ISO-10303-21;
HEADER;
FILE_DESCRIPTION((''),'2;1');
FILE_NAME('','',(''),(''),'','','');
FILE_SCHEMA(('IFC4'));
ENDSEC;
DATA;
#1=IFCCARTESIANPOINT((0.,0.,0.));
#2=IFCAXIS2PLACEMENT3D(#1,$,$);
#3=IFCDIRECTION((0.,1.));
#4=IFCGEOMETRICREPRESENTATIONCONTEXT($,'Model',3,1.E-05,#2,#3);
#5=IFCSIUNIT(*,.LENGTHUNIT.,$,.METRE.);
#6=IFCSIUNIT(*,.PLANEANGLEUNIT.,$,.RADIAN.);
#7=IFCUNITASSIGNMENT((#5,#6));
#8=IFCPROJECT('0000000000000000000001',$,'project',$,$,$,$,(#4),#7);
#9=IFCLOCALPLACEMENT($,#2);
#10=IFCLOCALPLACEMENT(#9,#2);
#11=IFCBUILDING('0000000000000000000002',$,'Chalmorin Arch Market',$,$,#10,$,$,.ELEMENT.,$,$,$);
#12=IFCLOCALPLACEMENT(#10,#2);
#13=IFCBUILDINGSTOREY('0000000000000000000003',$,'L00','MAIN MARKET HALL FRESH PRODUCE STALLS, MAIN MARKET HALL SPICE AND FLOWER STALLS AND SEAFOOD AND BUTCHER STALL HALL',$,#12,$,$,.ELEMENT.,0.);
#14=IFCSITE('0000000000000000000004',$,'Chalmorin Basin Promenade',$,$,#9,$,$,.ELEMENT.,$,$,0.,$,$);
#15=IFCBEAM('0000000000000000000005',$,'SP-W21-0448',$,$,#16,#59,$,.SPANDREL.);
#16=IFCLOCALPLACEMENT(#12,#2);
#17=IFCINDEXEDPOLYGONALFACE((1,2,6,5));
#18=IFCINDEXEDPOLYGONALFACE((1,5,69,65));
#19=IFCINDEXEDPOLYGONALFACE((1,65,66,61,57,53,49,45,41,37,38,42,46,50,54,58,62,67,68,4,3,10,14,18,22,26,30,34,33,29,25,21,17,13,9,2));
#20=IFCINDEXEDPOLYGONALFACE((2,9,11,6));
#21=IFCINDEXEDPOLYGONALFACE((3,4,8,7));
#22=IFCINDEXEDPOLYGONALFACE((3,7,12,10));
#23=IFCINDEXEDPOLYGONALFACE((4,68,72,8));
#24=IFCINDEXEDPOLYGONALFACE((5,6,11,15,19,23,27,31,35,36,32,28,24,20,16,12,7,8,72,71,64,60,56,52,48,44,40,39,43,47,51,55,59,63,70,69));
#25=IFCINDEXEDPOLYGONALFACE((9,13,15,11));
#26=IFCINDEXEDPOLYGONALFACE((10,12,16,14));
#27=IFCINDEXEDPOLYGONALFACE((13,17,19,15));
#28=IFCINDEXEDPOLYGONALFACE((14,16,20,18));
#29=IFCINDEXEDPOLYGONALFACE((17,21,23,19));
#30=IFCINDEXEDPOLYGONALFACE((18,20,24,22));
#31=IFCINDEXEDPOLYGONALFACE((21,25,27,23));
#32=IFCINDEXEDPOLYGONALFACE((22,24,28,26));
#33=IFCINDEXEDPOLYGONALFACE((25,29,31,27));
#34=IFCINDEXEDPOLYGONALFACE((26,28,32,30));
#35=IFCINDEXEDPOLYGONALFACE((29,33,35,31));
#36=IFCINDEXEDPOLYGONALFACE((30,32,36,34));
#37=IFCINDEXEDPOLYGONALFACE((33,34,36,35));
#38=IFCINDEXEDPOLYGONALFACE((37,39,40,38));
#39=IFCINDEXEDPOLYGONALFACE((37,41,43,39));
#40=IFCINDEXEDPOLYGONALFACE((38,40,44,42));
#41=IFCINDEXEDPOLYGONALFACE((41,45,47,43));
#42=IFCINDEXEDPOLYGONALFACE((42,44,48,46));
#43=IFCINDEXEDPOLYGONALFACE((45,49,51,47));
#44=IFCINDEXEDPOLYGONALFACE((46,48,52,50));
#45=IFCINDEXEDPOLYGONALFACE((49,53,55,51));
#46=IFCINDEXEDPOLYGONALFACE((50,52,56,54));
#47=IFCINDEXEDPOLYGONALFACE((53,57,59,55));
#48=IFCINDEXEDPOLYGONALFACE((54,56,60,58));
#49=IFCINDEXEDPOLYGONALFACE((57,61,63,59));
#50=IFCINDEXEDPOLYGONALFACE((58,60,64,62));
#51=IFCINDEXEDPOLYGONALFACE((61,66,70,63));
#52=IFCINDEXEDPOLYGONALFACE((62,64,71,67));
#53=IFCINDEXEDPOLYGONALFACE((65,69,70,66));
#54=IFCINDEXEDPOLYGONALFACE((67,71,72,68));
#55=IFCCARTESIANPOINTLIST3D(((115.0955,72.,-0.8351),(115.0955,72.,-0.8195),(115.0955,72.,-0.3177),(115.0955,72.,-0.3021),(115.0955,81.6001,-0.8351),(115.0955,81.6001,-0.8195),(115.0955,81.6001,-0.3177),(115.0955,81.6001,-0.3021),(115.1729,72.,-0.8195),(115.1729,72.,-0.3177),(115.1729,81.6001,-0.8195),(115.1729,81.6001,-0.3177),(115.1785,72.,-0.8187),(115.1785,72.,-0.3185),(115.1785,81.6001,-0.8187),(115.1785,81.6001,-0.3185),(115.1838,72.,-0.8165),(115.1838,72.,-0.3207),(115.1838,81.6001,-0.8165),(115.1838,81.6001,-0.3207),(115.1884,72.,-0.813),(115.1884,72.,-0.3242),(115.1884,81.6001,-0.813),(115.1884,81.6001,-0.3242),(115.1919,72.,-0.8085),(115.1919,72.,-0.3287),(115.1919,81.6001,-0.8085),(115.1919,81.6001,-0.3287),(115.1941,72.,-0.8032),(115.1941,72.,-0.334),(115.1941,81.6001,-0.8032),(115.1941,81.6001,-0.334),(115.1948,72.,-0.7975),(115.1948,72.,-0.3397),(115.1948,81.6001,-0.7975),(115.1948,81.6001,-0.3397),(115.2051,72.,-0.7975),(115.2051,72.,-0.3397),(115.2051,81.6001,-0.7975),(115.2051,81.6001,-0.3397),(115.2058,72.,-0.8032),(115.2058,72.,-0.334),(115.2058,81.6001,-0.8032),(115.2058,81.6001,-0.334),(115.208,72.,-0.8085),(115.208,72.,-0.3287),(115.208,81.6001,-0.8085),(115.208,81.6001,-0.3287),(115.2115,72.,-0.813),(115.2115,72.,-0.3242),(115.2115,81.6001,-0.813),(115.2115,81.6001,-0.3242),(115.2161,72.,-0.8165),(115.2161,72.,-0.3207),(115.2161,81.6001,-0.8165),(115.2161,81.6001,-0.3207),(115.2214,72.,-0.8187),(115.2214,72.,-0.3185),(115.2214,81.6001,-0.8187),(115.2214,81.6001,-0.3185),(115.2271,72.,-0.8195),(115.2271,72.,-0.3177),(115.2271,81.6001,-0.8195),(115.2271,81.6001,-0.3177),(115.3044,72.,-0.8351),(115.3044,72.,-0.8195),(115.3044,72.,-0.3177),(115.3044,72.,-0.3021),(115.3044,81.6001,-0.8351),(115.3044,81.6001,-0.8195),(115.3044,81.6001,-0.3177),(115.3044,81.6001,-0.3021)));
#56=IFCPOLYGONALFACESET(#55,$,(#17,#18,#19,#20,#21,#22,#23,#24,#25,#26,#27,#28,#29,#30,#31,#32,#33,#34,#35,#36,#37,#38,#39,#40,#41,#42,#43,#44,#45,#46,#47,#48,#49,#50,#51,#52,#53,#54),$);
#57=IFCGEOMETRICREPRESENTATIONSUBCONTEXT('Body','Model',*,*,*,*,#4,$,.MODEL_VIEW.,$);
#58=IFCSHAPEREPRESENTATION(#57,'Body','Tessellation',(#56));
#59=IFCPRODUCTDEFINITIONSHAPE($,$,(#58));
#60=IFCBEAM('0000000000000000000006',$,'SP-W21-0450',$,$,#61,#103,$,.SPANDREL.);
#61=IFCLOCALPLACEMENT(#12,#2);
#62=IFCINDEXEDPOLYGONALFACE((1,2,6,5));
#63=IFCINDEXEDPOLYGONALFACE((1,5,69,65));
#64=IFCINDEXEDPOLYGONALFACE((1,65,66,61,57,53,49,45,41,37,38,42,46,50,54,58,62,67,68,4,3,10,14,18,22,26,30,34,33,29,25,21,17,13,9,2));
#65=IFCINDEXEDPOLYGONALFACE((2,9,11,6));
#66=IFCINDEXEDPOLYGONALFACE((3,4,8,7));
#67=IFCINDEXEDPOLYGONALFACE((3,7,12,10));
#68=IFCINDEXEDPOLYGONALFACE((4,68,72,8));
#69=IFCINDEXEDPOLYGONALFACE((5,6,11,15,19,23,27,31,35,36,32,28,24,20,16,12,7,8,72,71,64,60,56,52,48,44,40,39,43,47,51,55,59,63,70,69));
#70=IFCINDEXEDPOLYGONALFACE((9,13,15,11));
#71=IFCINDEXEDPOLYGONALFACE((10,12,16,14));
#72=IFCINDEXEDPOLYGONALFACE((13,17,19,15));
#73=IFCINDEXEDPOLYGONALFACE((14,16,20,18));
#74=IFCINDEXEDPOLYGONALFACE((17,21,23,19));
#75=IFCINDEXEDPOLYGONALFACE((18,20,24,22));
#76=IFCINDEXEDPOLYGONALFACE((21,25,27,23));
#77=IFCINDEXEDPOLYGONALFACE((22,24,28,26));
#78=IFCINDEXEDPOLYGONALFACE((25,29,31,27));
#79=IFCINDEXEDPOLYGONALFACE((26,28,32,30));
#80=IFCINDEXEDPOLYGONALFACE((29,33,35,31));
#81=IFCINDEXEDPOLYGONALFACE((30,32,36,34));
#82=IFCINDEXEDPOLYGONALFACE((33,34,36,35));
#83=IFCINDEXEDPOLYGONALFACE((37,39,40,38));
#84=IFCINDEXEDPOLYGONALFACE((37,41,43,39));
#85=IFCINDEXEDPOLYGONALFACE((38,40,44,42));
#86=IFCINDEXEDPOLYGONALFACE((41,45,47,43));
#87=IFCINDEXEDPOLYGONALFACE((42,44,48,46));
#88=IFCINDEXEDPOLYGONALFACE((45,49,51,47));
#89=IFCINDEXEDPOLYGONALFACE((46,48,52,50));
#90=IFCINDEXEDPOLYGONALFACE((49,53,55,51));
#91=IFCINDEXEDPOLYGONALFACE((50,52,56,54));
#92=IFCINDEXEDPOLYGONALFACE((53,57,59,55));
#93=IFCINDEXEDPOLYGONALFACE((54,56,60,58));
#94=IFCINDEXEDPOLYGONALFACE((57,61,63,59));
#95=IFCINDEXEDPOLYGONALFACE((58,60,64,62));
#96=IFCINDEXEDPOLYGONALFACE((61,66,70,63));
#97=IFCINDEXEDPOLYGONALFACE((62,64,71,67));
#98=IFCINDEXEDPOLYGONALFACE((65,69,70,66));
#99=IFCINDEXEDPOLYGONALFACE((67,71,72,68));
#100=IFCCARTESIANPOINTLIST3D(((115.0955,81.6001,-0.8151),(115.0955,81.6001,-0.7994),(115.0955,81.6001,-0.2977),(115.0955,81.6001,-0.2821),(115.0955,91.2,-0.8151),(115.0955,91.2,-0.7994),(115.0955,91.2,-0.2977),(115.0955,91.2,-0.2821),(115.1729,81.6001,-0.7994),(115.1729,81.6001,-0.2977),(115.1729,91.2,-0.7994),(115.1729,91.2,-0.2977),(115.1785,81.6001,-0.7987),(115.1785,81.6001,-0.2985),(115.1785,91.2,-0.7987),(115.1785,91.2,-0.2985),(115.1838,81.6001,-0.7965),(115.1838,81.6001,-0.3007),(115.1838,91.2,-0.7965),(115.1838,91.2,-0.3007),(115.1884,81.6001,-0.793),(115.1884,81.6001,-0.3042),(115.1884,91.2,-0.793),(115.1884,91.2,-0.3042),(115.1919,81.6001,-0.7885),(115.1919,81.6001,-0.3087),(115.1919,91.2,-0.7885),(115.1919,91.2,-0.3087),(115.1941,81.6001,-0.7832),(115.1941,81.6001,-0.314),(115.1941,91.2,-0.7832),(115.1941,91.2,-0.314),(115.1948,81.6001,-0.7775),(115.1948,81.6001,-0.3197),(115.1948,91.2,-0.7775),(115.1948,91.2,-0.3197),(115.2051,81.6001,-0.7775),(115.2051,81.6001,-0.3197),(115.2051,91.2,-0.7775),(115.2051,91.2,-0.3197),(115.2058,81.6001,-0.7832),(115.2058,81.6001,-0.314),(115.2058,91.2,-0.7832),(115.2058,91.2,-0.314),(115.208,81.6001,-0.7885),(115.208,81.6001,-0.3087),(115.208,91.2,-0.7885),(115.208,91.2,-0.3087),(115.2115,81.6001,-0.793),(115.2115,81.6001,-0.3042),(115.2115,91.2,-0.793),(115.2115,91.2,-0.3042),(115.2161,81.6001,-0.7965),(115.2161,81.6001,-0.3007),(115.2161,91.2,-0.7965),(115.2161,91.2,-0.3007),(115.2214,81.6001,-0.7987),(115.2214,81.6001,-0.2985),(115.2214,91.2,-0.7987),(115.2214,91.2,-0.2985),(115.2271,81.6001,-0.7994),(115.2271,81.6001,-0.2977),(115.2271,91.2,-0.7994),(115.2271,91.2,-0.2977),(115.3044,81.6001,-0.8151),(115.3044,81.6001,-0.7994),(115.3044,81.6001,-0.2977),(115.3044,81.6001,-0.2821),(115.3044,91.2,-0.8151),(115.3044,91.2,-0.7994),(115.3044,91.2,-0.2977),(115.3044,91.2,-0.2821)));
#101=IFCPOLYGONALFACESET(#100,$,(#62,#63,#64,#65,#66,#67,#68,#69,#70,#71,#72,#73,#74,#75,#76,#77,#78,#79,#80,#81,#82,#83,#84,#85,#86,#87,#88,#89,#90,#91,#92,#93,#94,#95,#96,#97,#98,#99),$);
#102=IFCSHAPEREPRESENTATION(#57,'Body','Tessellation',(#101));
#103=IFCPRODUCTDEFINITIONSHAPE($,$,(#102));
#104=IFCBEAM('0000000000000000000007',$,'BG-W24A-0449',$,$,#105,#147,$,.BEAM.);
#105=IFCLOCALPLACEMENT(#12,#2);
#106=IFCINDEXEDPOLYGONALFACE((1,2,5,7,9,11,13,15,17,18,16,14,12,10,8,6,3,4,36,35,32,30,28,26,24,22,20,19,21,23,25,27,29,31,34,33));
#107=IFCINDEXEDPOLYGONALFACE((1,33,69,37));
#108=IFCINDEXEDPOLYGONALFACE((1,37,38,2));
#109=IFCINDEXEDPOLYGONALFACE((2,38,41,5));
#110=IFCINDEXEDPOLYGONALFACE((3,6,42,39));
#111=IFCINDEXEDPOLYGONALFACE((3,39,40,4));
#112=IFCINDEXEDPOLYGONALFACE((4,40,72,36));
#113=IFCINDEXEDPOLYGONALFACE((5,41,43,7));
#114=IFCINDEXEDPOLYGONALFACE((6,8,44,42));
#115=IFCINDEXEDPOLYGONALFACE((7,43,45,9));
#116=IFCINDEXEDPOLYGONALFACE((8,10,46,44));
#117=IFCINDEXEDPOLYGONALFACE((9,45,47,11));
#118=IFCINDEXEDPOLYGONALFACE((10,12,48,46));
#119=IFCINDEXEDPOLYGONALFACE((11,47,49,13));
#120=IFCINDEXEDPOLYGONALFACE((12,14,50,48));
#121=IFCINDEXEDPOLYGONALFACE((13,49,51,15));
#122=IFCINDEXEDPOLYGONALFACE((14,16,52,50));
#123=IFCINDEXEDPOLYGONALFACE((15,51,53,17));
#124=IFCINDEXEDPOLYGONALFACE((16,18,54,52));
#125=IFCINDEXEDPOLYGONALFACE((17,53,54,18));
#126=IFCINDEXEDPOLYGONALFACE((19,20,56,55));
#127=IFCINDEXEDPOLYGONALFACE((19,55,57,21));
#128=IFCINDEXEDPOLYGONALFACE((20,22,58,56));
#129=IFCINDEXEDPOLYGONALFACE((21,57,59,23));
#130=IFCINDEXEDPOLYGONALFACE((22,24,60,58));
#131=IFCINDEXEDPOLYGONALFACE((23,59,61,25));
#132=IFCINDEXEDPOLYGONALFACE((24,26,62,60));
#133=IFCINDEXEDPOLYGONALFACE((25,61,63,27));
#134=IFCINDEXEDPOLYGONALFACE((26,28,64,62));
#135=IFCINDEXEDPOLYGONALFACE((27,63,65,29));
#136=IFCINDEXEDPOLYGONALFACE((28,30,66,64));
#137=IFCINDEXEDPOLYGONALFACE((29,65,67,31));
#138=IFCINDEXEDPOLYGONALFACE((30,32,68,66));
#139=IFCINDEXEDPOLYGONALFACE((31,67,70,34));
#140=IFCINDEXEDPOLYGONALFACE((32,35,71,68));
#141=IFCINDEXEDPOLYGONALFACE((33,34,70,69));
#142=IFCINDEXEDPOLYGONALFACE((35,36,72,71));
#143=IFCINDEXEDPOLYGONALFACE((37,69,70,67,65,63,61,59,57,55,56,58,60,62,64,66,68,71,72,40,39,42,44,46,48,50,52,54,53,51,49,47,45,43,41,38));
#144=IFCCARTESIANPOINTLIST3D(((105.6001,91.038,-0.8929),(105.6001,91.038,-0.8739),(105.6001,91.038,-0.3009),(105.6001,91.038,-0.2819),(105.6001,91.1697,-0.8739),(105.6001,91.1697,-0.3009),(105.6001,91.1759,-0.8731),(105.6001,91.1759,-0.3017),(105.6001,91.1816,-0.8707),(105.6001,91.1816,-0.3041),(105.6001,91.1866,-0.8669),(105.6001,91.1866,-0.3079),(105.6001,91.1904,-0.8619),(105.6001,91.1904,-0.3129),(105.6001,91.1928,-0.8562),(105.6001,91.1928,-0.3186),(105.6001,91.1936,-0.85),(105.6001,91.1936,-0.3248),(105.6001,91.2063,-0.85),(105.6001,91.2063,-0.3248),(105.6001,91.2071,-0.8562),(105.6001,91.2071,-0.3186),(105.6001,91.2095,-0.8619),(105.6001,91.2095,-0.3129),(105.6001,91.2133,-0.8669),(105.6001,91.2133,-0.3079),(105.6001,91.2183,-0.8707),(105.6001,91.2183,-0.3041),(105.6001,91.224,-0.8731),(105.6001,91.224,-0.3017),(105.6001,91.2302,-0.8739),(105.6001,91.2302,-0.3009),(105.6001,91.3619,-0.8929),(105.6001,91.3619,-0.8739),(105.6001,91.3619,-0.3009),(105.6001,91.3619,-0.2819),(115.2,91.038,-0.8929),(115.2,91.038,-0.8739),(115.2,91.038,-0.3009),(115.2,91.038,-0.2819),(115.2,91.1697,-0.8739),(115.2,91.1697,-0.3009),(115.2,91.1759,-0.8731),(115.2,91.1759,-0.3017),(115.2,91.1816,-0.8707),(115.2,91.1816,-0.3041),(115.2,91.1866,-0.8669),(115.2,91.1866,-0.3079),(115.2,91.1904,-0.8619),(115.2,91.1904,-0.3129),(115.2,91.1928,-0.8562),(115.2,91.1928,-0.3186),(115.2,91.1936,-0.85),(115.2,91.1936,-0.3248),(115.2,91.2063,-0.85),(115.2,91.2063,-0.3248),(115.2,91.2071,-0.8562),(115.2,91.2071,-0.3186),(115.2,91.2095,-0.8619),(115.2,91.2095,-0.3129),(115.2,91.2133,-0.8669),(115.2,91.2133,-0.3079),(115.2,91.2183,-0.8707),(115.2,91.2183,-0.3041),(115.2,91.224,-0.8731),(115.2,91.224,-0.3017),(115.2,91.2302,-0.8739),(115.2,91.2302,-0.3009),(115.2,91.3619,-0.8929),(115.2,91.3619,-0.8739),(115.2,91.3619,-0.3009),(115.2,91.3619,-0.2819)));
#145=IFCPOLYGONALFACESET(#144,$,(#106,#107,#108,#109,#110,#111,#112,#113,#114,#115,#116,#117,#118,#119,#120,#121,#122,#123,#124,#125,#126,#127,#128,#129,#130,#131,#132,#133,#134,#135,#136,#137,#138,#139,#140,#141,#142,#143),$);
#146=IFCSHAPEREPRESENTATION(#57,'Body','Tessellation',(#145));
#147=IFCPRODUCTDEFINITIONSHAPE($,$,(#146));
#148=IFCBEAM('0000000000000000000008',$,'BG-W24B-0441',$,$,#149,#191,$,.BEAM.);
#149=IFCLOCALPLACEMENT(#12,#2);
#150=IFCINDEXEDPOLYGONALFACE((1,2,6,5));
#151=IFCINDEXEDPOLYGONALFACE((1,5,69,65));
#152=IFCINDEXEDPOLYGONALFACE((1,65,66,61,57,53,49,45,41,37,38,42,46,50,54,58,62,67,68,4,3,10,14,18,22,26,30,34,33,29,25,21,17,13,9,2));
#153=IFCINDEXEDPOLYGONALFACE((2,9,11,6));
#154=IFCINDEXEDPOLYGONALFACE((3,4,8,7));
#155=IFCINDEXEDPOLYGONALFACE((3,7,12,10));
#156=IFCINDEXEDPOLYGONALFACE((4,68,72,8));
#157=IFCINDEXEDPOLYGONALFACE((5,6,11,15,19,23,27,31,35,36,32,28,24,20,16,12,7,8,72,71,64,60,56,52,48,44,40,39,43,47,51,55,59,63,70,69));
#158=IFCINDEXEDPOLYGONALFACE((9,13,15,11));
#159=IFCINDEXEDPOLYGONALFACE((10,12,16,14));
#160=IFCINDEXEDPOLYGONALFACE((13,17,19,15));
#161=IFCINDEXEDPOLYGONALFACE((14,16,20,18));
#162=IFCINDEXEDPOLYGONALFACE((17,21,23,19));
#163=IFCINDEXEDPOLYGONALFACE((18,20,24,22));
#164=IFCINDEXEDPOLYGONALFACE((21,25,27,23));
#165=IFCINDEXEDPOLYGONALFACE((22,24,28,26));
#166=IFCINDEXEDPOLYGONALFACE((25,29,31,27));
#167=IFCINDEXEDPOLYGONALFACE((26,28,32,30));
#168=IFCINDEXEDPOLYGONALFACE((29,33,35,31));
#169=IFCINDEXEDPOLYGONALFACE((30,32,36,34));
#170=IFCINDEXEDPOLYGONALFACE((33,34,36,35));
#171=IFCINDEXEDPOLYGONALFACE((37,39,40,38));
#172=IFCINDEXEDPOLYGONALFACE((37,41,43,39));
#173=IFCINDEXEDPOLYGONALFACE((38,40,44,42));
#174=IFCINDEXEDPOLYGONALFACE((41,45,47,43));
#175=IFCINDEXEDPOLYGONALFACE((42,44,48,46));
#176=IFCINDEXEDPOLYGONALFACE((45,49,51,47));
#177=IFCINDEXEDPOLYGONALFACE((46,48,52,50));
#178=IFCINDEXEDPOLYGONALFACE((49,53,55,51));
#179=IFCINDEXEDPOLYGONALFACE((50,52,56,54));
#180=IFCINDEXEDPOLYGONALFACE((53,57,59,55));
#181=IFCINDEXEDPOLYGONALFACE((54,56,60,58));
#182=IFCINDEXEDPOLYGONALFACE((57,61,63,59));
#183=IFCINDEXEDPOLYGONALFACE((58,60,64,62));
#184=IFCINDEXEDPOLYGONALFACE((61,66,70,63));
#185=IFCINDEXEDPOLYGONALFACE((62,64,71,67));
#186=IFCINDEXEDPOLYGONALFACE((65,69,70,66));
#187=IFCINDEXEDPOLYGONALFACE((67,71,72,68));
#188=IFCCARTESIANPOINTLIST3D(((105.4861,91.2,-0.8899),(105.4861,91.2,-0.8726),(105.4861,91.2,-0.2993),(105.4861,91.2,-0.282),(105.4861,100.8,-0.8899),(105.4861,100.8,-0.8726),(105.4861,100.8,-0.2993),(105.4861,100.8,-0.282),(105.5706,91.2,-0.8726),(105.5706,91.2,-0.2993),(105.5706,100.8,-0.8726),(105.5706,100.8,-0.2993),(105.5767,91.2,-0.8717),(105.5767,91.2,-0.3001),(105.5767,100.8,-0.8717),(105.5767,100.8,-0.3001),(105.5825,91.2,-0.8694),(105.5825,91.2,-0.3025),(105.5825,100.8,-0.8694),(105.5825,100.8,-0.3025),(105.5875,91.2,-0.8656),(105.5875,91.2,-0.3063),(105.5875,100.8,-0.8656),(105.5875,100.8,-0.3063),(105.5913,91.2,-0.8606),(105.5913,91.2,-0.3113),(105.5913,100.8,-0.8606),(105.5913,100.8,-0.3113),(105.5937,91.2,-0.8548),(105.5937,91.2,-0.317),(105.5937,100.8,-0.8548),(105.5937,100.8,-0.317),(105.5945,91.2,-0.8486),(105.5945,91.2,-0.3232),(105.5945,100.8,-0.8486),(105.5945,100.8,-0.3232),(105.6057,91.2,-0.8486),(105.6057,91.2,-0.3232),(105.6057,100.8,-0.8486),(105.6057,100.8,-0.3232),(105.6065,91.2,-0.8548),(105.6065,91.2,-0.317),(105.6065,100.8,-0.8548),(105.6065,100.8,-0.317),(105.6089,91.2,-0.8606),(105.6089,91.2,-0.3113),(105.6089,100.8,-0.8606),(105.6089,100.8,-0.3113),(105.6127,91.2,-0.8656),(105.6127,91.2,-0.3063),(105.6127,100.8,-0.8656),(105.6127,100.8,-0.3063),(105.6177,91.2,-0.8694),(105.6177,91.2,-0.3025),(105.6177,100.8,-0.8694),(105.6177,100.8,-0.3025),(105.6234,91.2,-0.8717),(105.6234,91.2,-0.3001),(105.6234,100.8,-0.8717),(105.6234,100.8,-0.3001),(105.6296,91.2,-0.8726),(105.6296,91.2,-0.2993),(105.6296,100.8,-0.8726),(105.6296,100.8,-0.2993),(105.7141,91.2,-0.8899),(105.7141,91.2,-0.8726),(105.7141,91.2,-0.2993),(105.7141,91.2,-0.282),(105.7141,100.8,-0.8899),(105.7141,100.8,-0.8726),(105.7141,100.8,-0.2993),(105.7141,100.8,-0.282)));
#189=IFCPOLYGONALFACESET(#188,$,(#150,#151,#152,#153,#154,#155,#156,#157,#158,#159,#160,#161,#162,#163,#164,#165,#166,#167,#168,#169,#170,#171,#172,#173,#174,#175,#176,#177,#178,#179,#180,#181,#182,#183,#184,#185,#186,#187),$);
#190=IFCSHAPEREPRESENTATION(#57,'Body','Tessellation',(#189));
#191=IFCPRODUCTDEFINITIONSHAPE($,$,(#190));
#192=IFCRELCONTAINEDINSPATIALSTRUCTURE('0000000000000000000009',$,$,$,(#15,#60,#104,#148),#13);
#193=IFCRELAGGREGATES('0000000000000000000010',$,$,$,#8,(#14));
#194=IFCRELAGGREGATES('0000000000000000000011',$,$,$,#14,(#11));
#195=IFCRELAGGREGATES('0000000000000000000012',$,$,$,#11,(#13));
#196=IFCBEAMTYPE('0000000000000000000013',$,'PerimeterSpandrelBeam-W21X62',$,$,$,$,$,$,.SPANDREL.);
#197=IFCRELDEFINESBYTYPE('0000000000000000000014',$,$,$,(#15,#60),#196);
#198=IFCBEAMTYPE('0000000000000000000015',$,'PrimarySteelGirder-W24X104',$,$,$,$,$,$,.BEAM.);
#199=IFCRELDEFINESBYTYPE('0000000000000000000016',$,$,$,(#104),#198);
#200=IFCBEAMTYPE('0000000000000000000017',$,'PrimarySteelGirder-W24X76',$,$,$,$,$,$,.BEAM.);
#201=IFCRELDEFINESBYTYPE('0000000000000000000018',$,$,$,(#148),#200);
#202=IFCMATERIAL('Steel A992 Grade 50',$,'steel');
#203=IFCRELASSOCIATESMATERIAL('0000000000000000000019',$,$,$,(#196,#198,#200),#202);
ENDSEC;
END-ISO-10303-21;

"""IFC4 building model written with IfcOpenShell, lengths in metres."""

from ifc_helpers import new_model, si_unit, direction, frame, origin, origin_2d, place, context, subcontext, project, spatial, i_section, extrude, material, material_profile, profile_set, type_object, element, save


model = new_model("IFC4")

# Units and contexts
model_context = context("Model", 3, precision=1e-05, world=origin(), true_north=direction((0.0, 1.0)))
body_context = subcontext(model_context, "Body", "Model", "MODEL_VIEW")
ifc_project = project(units=[si_unit("LENGTHUNIT", "METRE"), si_unit("PLANEANGLEUNIT", "RADIAN")], contexts=[model_context])

# Site, building, storey
site_placement = place(None, origin())
site = spatial("IfcSite", under=ifc_project, at=site_placement, Name="Chalmorin Basin Promenade", CompositionType="ELEMENT", RefElevation=0.0)
building_placement = place(site_placement, origin())
building = spatial("IfcBuilding", under=site, at=building_placement, Name="Chalmorin Arch Market", CompositionType="ELEMENT")
storey_placement = place(building_placement, origin())
storey = spatial("IfcBuildingStorey", under=building, at=storey_placement, Name="L00", Description="MAIN MARKET HALL FRESH PRODUCE STALLS, MAIN MARKET HALL SPICE AND FLOWER STALLS AND SEAFOOD AND BUTCHER STALL HALL", CompositionType="ELEMENT", Elevation=0.0)

# Beams
ifc_material_1 = material(Name="Steel A992 Grade 50", Category="steel")
ifc_material_profile_1 = material_profile(ifc_material_1, i_section(OverallWidth=0.209, OverallDepth=0.533, WebThickness=0.0103, FlangeThickness=0.0156, FilletRadius=0.022, at=origin_2d()), Name="W21X62")
ifc_profile_set_1 = profile_set([ifc_material_profile_1], Name="Steel A992 Grade 50")
beam_type_1 = type_object("IfcBeamType", Name="PerimeterSpandrelBeam-W21X62", PredefinedType="SPANDREL", material=ifc_profile_set_1)
beam_1_placement = place(storey_placement, frame((115.2, 72.0, -0.5686), z_axis=(0.0, 1.0, 0.0), x_axis=(-1.0, 0.0, 0.0)))
element("IfcBeam", 1, at=beam_1_placement, inside=storey, type_object=beam_type_1, Name="SP-W21-0448", PredefinedType="SPANDREL", context=body_context, shape_type="SweptSolid", body=[
    extrude(i_section(OverallWidth=0.209, OverallDepth=0.533, WebThickness=0.0103, FlangeThickness=0.0156, FilletRadius=0.022, at=origin_2d()), origin(), (0.0, 0.0, 1.0), 9.6001),
])
beam_2_placement = place(storey_placement, frame((115.2, 81.6001, -0.5486), z_axis=(0.0, 1.0, 0.0), x_axis=(-1.0, 0.0, 0.0)))
element("IfcBeam", 2, at=beam_2_placement, inside=storey, type_object=beam_type_1, Name="SP-W21-0450", PredefinedType="SPANDREL", context=body_context, shape_type="SweptSolid", body=[
    extrude(i_section(OverallWidth=0.209, OverallDepth=0.533, WebThickness=0.0103, FlangeThickness=0.0156, FilletRadius=0.022, at=origin_2d()), origin(), (0.0, 0.0, 1.0), 9.5999),
])
ifc_material_profile_2 = material_profile(ifc_material_1, i_section(OverallWidth=0.324, OverallDepth=0.6111, WebThickness=0.0127, FlangeThickness=0.019, FilletRadius=0.0239, at=origin_2d()), Name="W24X104")
ifc_profile_set_2 = profile_set([ifc_material_profile_2], Name="Steel A992 Grade 50")
beam_type_2 = type_object("IfcBeamType", Name="PrimarySteelGirder-W24X104", PredefinedType="BEAM", material=ifc_profile_set_2)
beam_3_placement = place(storey_placement, frame((105.6001, 91.2, -0.5874), z_axis=(1.0, 0.0, 0.0), x_axis=(0.0, 1.0, 0.0)))
element("IfcBeam", 3, at=beam_3_placement, inside=storey, type_object=beam_type_2, Name="BG-W24A-0449", PredefinedType="BEAM", context=body_context, shape_type="SweptSolid", body=[
    extrude(i_section(OverallWidth=0.324, OverallDepth=0.6111, WebThickness=0.0127, FlangeThickness=0.019, FilletRadius=0.0239, at=origin_2d()), origin(), (0.0, 0.0, 1.0), 9.5999),
])
ifc_material_profile_3 = material_profile(ifc_material_1, i_section(OverallWidth=0.228, OverallDepth=0.6079, WebThickness=0.0112, FlangeThickness=0.0173, FilletRadius=0.0239, at=origin_2d()), Name="W24X76")
ifc_profile_set_3 = profile_set([ifc_material_profile_3], Name="Steel A992 Grade 50")
beam_type_3 = type_object("IfcBeamType", Name="PrimarySteelGirder-W24X76", PredefinedType="BEAM", material=ifc_profile_set_3)
beam_4_placement = place(storey_placement, frame((105.6001, 91.2, -0.5859), z_axis=(0.0, 1.0, 0.0), x_axis=(-1.0, 0.0, 0.0)))
element("IfcBeam", 4, at=beam_4_placement, inside=storey, type_object=beam_type_3, Name="BG-W24B-0441", PredefinedType="BEAM", context=body_context, shape_type="SweptSolid", body=[
    extrude(i_section(OverallWidth=0.228, OverallDepth=0.6079, WebThickness=0.0112, FlangeThickness=0.0173, FilletRadius=0.0239, at=origin_2d()), origin(), (0.0, 0.0, 1.0), 9.6001),
])

save(model, "model.ifc")
